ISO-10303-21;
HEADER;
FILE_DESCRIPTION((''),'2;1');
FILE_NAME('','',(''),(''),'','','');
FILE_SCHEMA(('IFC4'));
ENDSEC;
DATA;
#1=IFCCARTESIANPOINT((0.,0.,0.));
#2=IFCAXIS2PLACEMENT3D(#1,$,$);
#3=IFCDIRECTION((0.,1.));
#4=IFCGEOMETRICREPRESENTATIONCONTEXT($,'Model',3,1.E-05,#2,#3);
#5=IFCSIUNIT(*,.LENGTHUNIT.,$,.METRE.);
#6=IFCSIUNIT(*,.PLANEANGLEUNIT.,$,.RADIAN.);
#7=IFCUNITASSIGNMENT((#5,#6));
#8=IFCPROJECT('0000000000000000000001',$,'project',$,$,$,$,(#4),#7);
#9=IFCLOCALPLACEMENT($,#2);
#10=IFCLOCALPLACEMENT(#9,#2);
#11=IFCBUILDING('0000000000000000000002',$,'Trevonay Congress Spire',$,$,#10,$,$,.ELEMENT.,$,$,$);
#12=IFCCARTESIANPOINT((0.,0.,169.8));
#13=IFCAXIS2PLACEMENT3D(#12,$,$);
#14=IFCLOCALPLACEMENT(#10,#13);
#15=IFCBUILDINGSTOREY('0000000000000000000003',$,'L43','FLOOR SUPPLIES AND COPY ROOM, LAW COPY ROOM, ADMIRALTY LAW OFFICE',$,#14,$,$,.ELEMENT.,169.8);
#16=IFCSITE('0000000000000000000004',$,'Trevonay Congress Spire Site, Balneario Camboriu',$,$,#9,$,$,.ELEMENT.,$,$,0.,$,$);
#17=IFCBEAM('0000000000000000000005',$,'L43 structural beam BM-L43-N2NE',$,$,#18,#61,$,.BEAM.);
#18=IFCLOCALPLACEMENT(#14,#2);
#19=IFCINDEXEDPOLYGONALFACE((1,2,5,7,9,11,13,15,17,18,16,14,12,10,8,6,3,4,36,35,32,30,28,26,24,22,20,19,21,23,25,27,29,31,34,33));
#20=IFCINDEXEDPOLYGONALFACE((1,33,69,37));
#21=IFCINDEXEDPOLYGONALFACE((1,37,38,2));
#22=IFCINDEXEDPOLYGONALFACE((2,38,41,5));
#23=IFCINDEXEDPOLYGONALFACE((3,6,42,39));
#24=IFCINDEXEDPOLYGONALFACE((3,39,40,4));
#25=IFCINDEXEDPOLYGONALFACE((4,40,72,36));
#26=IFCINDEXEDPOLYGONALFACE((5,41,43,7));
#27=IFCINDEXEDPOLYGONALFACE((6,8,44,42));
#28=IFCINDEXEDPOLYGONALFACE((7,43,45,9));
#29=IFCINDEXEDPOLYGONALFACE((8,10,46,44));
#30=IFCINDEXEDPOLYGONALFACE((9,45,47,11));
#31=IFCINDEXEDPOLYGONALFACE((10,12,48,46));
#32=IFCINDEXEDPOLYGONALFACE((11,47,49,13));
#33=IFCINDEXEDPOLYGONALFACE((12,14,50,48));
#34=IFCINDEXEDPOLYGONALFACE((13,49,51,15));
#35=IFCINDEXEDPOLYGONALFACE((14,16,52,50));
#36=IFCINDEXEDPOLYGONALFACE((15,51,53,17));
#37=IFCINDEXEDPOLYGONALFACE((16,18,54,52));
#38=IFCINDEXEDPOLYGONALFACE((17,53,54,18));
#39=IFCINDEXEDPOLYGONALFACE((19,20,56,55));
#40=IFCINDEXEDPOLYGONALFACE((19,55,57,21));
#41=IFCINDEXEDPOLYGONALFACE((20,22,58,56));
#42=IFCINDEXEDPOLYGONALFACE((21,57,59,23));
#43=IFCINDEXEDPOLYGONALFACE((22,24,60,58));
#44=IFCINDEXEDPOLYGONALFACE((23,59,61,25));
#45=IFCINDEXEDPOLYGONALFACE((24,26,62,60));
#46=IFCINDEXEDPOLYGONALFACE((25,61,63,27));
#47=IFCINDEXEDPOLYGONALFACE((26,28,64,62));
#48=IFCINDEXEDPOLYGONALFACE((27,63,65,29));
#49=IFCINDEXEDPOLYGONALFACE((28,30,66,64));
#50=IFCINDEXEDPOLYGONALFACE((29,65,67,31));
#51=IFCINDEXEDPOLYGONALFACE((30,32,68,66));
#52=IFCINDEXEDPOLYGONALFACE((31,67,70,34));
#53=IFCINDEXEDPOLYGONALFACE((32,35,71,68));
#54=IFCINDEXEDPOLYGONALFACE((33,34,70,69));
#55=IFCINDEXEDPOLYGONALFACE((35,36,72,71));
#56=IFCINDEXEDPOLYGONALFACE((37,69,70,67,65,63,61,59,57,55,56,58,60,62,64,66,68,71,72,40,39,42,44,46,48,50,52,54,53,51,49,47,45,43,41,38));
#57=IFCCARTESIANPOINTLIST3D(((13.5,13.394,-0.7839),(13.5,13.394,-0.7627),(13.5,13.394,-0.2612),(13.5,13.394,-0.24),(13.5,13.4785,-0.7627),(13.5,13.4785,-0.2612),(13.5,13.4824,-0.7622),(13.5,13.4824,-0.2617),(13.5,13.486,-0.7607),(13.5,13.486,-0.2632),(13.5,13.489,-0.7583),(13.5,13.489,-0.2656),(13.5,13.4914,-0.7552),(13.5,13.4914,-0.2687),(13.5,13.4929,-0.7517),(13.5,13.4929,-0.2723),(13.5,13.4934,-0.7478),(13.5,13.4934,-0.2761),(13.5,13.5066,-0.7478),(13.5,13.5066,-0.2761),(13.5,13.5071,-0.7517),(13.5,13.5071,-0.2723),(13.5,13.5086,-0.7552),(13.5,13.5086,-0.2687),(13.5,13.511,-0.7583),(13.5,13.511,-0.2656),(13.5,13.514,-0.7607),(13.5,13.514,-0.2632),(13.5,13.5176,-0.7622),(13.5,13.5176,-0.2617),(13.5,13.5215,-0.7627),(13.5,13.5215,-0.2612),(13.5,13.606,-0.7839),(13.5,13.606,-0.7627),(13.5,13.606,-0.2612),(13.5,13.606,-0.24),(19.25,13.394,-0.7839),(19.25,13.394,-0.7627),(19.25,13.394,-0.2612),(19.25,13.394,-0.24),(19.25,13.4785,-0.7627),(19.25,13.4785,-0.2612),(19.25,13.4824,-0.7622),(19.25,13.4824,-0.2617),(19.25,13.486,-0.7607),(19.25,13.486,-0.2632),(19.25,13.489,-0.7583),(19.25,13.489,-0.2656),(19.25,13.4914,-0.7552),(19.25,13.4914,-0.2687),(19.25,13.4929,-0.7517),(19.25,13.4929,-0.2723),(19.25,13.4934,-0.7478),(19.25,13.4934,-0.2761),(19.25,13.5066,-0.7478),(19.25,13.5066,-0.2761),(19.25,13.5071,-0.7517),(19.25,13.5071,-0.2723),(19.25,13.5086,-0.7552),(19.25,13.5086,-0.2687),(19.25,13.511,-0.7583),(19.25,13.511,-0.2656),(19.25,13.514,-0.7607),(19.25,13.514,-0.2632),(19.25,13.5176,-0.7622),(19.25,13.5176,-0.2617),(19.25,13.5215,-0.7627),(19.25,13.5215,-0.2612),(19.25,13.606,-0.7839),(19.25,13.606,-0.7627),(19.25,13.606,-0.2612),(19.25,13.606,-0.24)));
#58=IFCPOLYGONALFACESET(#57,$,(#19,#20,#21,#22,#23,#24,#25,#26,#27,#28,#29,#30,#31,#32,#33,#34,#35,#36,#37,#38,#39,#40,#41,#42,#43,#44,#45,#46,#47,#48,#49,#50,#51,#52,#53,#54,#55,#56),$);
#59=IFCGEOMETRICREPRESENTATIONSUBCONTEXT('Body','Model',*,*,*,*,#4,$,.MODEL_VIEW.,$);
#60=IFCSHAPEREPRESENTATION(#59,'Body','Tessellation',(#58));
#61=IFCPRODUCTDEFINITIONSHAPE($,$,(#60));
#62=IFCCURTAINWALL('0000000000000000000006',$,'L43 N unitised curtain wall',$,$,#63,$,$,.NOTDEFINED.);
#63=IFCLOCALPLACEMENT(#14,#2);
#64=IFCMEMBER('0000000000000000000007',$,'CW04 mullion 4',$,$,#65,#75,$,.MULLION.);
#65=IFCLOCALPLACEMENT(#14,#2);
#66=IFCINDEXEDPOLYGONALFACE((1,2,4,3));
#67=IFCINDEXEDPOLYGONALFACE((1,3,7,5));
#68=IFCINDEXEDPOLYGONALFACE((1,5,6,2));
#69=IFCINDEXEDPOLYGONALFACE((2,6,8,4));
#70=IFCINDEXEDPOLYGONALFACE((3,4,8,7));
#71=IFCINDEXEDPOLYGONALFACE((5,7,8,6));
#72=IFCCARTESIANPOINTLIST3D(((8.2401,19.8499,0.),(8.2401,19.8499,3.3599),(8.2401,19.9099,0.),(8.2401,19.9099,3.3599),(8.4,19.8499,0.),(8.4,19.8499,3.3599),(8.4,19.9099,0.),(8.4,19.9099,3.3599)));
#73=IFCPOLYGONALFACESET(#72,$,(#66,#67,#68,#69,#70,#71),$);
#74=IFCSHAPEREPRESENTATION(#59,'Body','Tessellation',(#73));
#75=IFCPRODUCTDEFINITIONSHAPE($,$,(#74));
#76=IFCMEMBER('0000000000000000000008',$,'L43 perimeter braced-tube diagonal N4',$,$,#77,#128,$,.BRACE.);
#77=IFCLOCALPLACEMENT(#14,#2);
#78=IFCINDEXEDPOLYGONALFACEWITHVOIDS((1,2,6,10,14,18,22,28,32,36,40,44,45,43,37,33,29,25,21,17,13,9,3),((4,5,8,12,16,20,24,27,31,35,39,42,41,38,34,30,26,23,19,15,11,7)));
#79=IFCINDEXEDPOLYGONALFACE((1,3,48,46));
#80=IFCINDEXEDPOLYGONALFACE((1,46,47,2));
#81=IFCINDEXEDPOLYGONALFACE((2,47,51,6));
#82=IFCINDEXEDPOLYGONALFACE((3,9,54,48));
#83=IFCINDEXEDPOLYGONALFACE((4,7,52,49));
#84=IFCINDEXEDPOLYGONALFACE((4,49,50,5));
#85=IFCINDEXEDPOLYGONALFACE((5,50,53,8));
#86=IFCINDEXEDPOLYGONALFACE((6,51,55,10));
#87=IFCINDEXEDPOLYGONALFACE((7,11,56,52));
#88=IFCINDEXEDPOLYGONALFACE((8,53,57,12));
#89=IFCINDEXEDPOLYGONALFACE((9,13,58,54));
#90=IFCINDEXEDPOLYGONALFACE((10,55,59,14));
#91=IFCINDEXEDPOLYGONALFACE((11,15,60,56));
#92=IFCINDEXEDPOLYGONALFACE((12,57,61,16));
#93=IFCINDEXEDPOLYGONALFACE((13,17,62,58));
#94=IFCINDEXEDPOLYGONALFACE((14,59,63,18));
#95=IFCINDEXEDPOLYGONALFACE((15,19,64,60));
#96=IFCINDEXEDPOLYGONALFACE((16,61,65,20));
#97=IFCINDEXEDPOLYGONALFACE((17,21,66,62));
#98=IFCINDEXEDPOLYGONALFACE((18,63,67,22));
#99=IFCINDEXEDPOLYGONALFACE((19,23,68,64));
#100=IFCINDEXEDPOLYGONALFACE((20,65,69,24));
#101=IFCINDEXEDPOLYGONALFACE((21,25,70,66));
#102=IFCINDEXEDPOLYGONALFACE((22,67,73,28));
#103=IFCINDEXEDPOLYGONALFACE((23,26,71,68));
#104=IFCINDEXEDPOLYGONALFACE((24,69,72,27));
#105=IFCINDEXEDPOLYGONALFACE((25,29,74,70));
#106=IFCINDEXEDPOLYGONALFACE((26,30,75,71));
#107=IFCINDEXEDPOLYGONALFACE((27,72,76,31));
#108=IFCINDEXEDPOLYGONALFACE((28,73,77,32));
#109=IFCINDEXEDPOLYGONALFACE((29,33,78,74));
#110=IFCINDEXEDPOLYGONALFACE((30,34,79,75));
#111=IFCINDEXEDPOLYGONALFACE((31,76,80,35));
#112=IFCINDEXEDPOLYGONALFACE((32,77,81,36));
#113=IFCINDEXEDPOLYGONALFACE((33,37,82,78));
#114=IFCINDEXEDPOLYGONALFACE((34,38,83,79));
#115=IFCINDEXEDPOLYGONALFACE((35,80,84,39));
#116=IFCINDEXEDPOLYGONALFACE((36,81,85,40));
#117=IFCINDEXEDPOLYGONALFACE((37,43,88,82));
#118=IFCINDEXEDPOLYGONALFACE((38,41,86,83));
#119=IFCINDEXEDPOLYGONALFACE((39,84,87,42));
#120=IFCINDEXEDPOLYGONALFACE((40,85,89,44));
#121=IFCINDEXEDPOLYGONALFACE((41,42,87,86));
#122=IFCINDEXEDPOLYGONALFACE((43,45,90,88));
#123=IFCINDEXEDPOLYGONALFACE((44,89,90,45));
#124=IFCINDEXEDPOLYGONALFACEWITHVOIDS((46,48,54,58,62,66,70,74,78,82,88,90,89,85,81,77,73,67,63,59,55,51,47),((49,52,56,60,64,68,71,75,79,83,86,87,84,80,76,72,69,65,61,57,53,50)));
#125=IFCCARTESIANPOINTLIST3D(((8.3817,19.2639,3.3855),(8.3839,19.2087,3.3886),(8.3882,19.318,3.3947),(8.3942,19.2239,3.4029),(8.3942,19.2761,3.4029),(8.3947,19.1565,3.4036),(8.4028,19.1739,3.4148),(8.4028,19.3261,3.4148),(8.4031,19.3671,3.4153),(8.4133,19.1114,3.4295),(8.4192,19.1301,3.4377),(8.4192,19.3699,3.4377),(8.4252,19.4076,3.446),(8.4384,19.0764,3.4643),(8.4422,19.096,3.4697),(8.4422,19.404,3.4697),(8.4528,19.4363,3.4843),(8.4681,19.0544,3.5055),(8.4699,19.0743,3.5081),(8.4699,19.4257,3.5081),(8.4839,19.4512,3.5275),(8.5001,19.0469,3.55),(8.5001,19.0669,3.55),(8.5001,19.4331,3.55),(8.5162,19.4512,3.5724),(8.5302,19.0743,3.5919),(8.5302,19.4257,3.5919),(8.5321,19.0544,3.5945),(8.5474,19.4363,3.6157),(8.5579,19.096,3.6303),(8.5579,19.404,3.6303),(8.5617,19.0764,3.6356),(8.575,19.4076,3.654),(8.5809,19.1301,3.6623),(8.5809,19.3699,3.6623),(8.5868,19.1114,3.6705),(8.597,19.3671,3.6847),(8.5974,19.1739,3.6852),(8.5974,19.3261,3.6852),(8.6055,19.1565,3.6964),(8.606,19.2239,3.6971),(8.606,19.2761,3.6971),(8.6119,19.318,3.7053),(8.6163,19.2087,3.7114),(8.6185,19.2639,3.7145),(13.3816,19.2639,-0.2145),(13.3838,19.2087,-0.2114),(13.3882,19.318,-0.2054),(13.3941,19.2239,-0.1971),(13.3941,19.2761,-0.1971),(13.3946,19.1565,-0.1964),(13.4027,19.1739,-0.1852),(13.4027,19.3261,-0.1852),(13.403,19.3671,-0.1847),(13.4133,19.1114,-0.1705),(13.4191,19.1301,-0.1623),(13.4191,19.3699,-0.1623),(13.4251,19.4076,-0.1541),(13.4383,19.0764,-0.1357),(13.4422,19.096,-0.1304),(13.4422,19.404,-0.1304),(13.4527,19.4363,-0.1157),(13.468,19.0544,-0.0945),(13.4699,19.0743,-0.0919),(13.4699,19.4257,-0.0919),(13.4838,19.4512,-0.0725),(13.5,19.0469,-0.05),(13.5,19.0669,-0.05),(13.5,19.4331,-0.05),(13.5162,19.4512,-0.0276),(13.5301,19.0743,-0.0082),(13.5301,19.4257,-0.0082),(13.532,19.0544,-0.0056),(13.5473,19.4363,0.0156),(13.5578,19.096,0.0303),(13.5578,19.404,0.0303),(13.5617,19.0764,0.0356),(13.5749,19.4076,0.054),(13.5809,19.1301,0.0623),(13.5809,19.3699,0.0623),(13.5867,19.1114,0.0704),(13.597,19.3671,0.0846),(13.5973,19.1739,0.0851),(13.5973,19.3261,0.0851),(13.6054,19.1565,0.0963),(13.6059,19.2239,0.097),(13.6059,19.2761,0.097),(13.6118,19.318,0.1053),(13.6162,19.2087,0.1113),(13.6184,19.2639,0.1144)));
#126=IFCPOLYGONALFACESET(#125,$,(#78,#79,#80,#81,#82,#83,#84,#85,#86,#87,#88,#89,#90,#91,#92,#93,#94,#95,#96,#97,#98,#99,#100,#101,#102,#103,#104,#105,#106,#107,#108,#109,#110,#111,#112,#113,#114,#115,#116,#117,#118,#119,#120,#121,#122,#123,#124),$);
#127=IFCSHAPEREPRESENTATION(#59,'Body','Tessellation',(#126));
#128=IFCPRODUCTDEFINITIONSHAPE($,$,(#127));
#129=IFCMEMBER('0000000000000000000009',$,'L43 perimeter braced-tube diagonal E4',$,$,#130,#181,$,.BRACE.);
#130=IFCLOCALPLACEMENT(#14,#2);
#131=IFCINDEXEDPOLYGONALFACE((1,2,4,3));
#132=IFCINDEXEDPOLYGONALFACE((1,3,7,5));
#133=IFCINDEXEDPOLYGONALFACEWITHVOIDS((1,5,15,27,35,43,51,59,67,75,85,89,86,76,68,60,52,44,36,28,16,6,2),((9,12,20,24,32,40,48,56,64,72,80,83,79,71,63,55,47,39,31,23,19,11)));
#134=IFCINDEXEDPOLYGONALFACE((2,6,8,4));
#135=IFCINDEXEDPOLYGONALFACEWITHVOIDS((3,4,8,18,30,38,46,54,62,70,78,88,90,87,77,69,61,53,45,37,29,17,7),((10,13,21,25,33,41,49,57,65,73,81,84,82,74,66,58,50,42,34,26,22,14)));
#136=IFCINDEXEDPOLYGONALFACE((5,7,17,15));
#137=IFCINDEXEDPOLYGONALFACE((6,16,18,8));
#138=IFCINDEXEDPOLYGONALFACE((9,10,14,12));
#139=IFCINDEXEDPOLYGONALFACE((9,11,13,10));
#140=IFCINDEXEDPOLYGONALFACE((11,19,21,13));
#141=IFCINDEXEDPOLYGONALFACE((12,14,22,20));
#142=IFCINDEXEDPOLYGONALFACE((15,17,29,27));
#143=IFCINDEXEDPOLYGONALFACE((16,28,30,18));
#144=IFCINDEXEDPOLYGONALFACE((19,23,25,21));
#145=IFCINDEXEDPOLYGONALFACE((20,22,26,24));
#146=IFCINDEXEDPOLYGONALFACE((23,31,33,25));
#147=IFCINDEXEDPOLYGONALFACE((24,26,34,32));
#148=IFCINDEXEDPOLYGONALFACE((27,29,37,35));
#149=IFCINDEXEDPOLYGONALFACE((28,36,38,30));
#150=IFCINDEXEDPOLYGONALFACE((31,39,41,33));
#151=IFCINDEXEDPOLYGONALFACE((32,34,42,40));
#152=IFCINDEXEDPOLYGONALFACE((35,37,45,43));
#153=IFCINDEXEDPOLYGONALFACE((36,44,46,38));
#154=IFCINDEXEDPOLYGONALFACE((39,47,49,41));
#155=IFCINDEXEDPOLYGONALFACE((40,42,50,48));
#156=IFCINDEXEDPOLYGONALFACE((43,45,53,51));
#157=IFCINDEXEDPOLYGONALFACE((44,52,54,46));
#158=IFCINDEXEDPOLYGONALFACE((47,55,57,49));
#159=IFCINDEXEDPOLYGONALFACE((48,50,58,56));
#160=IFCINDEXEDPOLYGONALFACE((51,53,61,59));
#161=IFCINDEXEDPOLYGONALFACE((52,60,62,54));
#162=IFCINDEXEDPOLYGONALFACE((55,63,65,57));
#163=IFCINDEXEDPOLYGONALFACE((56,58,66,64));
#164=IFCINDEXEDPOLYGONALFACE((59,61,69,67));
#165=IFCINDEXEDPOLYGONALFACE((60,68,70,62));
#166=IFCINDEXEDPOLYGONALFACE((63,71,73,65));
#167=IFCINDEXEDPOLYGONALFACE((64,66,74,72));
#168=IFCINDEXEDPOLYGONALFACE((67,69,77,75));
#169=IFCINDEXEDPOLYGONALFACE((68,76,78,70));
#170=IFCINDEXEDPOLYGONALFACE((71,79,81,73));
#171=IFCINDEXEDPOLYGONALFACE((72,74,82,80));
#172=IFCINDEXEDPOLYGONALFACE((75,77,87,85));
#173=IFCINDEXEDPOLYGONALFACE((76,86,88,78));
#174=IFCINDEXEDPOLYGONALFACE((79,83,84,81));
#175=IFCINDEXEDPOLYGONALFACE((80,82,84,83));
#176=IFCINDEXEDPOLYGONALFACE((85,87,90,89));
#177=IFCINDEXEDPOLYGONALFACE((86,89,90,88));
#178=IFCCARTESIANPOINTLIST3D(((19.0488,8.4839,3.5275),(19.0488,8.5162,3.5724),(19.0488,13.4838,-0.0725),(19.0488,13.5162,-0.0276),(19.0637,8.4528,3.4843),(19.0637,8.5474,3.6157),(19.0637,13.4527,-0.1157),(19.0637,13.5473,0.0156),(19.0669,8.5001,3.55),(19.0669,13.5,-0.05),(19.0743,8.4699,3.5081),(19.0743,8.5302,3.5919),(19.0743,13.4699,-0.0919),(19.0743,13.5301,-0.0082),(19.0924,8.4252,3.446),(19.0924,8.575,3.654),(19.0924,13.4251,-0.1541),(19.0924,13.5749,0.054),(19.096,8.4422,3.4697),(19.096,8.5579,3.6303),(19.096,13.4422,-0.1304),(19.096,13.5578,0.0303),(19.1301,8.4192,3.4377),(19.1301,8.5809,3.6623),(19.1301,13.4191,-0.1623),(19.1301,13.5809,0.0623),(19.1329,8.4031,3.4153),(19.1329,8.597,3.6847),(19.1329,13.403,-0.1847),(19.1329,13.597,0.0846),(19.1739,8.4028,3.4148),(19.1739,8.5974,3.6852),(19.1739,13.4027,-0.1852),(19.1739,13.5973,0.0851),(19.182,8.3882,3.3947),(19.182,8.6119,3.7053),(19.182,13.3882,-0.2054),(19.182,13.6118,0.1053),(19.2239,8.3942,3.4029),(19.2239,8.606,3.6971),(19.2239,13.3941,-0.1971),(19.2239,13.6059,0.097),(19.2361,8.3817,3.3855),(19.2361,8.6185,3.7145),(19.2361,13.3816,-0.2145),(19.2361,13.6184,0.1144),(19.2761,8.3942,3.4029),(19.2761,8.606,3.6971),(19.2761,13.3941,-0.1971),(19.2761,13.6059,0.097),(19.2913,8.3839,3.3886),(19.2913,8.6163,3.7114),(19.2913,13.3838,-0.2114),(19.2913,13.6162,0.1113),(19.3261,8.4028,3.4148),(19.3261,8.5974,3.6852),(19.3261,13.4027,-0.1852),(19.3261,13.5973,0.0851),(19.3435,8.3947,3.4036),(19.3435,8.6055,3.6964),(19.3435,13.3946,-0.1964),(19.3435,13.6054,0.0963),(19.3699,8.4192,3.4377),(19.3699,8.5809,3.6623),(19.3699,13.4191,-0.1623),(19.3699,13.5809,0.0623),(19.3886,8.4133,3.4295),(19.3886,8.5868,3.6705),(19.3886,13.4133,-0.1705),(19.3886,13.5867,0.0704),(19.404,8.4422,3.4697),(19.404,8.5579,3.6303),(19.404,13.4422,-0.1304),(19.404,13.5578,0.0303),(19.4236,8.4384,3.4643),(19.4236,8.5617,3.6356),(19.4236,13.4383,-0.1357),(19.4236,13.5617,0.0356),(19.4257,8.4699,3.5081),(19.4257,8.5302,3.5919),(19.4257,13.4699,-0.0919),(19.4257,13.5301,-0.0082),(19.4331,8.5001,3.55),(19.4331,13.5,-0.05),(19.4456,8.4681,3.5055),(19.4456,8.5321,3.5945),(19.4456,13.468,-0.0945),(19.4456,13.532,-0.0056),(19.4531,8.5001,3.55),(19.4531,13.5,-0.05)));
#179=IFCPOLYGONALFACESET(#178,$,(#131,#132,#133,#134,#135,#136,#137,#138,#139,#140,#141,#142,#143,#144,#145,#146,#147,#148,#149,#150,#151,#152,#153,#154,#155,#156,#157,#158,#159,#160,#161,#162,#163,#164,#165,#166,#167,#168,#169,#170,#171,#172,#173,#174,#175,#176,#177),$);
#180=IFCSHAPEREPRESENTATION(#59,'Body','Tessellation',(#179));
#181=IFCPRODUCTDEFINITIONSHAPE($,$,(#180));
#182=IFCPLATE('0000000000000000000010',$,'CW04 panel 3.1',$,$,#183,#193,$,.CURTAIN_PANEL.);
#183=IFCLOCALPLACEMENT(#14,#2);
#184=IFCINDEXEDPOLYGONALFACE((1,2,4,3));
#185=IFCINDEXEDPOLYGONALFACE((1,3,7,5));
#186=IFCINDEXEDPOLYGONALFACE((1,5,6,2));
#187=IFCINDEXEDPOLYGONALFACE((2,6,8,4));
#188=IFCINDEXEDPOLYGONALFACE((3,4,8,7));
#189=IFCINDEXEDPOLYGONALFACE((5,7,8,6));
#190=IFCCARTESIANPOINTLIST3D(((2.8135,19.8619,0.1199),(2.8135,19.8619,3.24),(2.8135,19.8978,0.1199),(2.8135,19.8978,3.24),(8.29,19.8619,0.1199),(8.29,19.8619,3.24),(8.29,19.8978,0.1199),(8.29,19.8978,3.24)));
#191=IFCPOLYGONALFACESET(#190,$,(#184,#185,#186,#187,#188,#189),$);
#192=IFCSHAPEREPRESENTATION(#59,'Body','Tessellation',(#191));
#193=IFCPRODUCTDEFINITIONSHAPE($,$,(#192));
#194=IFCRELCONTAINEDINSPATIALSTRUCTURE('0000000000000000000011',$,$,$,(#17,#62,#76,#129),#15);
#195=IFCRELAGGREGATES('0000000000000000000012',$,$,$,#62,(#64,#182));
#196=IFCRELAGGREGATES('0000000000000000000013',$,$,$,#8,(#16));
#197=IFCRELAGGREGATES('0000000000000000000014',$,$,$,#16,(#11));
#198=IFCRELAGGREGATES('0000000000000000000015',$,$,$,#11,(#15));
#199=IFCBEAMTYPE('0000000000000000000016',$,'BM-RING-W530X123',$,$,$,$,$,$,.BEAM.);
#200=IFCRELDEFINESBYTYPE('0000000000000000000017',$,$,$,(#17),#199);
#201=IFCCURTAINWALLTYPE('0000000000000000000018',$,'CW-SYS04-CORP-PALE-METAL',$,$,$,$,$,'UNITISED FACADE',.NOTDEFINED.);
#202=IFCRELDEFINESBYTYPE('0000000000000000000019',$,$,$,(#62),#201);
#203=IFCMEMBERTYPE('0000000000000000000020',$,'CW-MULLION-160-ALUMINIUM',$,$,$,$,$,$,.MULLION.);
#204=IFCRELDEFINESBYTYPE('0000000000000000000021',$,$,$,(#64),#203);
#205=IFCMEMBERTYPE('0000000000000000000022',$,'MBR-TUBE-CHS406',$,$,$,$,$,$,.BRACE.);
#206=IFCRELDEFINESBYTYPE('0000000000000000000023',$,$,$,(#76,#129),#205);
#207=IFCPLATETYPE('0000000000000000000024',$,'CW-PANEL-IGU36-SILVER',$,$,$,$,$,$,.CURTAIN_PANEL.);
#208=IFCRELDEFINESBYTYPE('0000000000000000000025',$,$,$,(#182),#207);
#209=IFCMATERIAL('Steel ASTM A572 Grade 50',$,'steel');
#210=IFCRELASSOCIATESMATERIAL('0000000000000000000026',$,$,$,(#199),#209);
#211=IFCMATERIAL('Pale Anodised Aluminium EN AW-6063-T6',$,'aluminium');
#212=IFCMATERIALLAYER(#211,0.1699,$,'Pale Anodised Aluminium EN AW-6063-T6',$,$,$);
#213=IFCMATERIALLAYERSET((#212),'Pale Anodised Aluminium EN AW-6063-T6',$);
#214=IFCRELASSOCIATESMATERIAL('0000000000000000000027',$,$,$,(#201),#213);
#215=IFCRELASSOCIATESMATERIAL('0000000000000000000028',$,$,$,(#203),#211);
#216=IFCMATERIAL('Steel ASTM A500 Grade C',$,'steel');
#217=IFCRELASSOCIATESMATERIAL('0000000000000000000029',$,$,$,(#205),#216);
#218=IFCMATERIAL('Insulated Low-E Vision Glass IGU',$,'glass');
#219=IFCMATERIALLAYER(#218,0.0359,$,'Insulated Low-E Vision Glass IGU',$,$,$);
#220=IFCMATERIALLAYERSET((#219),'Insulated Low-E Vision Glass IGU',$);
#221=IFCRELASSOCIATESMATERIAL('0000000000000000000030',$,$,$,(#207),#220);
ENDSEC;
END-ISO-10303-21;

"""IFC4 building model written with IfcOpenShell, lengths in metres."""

from ifc_helpers import new_model, si_unit, direction, frame, origin, origin_2d, place, context, subcontext, project, spatial, rectangle, hollow_circle, i_section, extrude, material, layer, layer_set, material_profile, profile_set, type_object, element, aggregate, save


model = new_model("IFC4")

# Units and contexts
model_context = context("Model", 3, precision=1e-05, world=origin(), true_north=direction((0.0, 1.0)))
body_context = subcontext(model_context, "Body", "Model", "MODEL_VIEW")
ifc_project = project(units=[si_unit("LENGTHUNIT", "METRE"), si_unit("PLANEANGLEUNIT", "RADIAN")], contexts=[model_context])

# Site, building, storey
site_placement = place(None, origin())
site = spatial("IfcSite", under=ifc_project, at=site_placement, Name="Trevonay Congress Spire Site, Balneario Camboriu", CompositionType="ELEMENT", RefElevation=0.0)
building_placement = place(site_placement, origin())
building = spatial("IfcBuilding", under=site, at=building_placement, Name="Trevonay Congress Spire", CompositionType="ELEMENT")
storey_placement = place(building_placement, frame((0.0, 0.0, 169.8)))
storey = spatial("IfcBuildingStorey", under=building, at=storey_placement, Name="L43", Description="FLOOR SUPPLIES AND COPY ROOM, LAW COPY ROOM, ADMIRALTY LAW OFFICE", CompositionType="ELEMENT", Elevation=169.8)

# Shared definitions
ifc_material_1 = material(Name="Steel ASTM A572 Grade 50", Category="steel")

# Beam
ifc_material_profile_1 = material_profile(ifc_material_1, i_section(OverallWidth=0.2119, OverallDepth=0.5439, WebThickness=0.0132, FlangeThickness=0.0212, FilletRadius=0.0149, at=origin_2d()), Name="W530x123")
ifc_profile_set_1 = profile_set([ifc_material_profile_1], Name="Steel ASTM A572 Grade 50")
beam_type = type_object("IfcBeamType", Name="BM-RING-W530X123", PredefinedType="BEAM", material=ifc_profile_set_1)
for number, where, z_axis, x_axis, name in (
    (1, (19.25, 13.5, -0.512), (-1.0, 0.0, 0.0), (0.0, -1.0, 0.0), "L43 structural beam BM-L43-N2NE"),
):
    element("IfcBeam", number, at=place(storey_placement, frame(where, z_axis=z_axis, x_axis=x_axis)), inside=storey, type_object=beam_type, Name=name, PredefinedType="BEAM", context=body_context, shape_type="SweptSolid", body=[
        extrude(i_section(OverallWidth=0.2119, OverallDepth=0.5439, WebThickness=0.0132, FlangeThickness=0.0212, FilletRadius=0.0149, at=origin_2d()), origin(), (0.0, 0.0, 1.0), 5.75),
    ])

# Curtain wall, member
ifc_material_2 = material(Name="Pale Anodised Aluminium EN AW-6063-T6", Category="aluminium")
ifc_layer_1 = layer(ifc_material_2, 0.1699, Name="Pale Anodised Aluminium EN AW-6063-T6")
ifc_layer_set_1 = layer_set([ifc_layer_1], Name="Pale Anodised Aluminium EN AW-6063-T6")
curtain_wall_type = type_object("IfcCurtainWallType", Name="CW-SYS04-CORP-PALE-METAL", ElementType="UNITISED FACADE", PredefinedType="NOTDEFINED", material=ifc_layer_set_1)
curtain_wall_placement = place(storey_placement, origin())
curtain_wall = element("IfcCurtainWall", 2, at=curtain_wall_placement, inside=storey, type_object=curtain_wall_type, Name="L43 N unitised curtain wall", PredefinedType="NOTDEFINED")
ifc_material_profile_2 = material_profile(ifc_material_2, rectangle(XDim=0.0601, YDim=0.1599, at=origin_2d()), Name="CW-MULLION-160-ALUMINIUM")
ifc_profile_set_2 = profile_set([ifc_material_profile_2], Name="Pale Anodised Aluminium EN AW-6063-T6")
member_type_1 = type_object("IfcMemberType", Name="CW-MULLION-160-ALUMINIUM", PredefinedType="MULLION", material=ifc_profile_set_2)
member_placement = place(storey_placement, frame((8.3201, 19.8799, 0.0), z_axis=(0.0, 0.0, 1.0), x_axis=(0.0, 1.0, 0.0)))
member = element("IfcMember", 3, at=member_placement, type_object=member_type_1, Name="CW04 mullion 4", PredefinedType="MULLION", context=body_context, shape_type="SweptSolid", body=[
    extrude(rectangle(XDim=0.0601, YDim=0.1599, at=origin_2d()), origin(), (0.0, 0.0, 1.0), 3.3599),
])

# Members
ifc_material_3 = material(Name="Steel ASTM A500 Grade C", Category="steel")
ifc_material_profile_3 = material_profile(ifc_material_3, hollow_circle(Radius=0.2031, WallThickness=0.02, at=origin_2d()), Name="CHS 406.4x20")
ifc_profile_set_3 = profile_set([ifc_material_profile_3], Name="Steel ASTM A500 Grade C")
member_type_2 = type_object("IfcMemberType", Name="MBR-TUBE-CHS406", PredefinedType="BRACE", material=ifc_profile_set_3)
for number, where, z_axis, x_axis, name in (
    (4, (13.5, 19.25, -0.05), (-0.811527, 0.0, 0.584315), (0.0, -1.0, 0.0), "L43 perimeter braced-tube diagonal N4"),
    (5, (19.25, 13.5, -0.05), (0.0, -0.811527, 0.584315), (1.0, 0.0, 0.0), "L43 perimeter braced-tube diagonal E4"),
):
    element("IfcMember", number, at=place(storey_placement, frame(where, z_axis=z_axis, x_axis=x_axis)), inside=storey, type_object=member_type_2, Name=name, PredefinedType="BRACE", context=body_context, shape_type="SweptSolid", body=[
        extrude(hollow_circle(Radius=0.2031, WallThickness=0.02, at=origin_2d()), origin(), (0.0, 0.0, 1.0), 6.1611),
    ])

# Plate
ifc_material_4 = material(Name="Insulated Low-E Vision Glass IGU", Category="glass")
ifc_layer_2 = layer(ifc_material_4, 0.0359, Name="Insulated Low-E Vision Glass IGU")
ifc_layer_set_2 = layer_set([ifc_layer_2], Name="Insulated Low-E Vision Glass IGU")
plate_type = type_object("IfcPlateType", Name="CW-PANEL-IGU36-SILVER", PredefinedType="CURTAIN_PANEL", material=ifc_layer_set_2)
plate_placement = place(storey_placement, frame((5.5518, 19.8799, 0.1199), z_axis=(0.0, 0.0, 1.0), x_axis=(1.0, 0.0, 0.0)))
plate = element("IfcPlate", 6, at=plate_placement, type_object=plate_type, Name="CW04 panel 3.1", PredefinedType="CURTAIN_PANEL", context=body_context, shape_type="SweptSolid", body=[
    extrude(rectangle(XDim=5.4766, YDim=0.0359, at=origin_2d()), origin(), (0.0, 0.0, 1.0), 3.1201),
])
aggregate(curtain_wall, [member, plate])

save(model, "model.ifc")
